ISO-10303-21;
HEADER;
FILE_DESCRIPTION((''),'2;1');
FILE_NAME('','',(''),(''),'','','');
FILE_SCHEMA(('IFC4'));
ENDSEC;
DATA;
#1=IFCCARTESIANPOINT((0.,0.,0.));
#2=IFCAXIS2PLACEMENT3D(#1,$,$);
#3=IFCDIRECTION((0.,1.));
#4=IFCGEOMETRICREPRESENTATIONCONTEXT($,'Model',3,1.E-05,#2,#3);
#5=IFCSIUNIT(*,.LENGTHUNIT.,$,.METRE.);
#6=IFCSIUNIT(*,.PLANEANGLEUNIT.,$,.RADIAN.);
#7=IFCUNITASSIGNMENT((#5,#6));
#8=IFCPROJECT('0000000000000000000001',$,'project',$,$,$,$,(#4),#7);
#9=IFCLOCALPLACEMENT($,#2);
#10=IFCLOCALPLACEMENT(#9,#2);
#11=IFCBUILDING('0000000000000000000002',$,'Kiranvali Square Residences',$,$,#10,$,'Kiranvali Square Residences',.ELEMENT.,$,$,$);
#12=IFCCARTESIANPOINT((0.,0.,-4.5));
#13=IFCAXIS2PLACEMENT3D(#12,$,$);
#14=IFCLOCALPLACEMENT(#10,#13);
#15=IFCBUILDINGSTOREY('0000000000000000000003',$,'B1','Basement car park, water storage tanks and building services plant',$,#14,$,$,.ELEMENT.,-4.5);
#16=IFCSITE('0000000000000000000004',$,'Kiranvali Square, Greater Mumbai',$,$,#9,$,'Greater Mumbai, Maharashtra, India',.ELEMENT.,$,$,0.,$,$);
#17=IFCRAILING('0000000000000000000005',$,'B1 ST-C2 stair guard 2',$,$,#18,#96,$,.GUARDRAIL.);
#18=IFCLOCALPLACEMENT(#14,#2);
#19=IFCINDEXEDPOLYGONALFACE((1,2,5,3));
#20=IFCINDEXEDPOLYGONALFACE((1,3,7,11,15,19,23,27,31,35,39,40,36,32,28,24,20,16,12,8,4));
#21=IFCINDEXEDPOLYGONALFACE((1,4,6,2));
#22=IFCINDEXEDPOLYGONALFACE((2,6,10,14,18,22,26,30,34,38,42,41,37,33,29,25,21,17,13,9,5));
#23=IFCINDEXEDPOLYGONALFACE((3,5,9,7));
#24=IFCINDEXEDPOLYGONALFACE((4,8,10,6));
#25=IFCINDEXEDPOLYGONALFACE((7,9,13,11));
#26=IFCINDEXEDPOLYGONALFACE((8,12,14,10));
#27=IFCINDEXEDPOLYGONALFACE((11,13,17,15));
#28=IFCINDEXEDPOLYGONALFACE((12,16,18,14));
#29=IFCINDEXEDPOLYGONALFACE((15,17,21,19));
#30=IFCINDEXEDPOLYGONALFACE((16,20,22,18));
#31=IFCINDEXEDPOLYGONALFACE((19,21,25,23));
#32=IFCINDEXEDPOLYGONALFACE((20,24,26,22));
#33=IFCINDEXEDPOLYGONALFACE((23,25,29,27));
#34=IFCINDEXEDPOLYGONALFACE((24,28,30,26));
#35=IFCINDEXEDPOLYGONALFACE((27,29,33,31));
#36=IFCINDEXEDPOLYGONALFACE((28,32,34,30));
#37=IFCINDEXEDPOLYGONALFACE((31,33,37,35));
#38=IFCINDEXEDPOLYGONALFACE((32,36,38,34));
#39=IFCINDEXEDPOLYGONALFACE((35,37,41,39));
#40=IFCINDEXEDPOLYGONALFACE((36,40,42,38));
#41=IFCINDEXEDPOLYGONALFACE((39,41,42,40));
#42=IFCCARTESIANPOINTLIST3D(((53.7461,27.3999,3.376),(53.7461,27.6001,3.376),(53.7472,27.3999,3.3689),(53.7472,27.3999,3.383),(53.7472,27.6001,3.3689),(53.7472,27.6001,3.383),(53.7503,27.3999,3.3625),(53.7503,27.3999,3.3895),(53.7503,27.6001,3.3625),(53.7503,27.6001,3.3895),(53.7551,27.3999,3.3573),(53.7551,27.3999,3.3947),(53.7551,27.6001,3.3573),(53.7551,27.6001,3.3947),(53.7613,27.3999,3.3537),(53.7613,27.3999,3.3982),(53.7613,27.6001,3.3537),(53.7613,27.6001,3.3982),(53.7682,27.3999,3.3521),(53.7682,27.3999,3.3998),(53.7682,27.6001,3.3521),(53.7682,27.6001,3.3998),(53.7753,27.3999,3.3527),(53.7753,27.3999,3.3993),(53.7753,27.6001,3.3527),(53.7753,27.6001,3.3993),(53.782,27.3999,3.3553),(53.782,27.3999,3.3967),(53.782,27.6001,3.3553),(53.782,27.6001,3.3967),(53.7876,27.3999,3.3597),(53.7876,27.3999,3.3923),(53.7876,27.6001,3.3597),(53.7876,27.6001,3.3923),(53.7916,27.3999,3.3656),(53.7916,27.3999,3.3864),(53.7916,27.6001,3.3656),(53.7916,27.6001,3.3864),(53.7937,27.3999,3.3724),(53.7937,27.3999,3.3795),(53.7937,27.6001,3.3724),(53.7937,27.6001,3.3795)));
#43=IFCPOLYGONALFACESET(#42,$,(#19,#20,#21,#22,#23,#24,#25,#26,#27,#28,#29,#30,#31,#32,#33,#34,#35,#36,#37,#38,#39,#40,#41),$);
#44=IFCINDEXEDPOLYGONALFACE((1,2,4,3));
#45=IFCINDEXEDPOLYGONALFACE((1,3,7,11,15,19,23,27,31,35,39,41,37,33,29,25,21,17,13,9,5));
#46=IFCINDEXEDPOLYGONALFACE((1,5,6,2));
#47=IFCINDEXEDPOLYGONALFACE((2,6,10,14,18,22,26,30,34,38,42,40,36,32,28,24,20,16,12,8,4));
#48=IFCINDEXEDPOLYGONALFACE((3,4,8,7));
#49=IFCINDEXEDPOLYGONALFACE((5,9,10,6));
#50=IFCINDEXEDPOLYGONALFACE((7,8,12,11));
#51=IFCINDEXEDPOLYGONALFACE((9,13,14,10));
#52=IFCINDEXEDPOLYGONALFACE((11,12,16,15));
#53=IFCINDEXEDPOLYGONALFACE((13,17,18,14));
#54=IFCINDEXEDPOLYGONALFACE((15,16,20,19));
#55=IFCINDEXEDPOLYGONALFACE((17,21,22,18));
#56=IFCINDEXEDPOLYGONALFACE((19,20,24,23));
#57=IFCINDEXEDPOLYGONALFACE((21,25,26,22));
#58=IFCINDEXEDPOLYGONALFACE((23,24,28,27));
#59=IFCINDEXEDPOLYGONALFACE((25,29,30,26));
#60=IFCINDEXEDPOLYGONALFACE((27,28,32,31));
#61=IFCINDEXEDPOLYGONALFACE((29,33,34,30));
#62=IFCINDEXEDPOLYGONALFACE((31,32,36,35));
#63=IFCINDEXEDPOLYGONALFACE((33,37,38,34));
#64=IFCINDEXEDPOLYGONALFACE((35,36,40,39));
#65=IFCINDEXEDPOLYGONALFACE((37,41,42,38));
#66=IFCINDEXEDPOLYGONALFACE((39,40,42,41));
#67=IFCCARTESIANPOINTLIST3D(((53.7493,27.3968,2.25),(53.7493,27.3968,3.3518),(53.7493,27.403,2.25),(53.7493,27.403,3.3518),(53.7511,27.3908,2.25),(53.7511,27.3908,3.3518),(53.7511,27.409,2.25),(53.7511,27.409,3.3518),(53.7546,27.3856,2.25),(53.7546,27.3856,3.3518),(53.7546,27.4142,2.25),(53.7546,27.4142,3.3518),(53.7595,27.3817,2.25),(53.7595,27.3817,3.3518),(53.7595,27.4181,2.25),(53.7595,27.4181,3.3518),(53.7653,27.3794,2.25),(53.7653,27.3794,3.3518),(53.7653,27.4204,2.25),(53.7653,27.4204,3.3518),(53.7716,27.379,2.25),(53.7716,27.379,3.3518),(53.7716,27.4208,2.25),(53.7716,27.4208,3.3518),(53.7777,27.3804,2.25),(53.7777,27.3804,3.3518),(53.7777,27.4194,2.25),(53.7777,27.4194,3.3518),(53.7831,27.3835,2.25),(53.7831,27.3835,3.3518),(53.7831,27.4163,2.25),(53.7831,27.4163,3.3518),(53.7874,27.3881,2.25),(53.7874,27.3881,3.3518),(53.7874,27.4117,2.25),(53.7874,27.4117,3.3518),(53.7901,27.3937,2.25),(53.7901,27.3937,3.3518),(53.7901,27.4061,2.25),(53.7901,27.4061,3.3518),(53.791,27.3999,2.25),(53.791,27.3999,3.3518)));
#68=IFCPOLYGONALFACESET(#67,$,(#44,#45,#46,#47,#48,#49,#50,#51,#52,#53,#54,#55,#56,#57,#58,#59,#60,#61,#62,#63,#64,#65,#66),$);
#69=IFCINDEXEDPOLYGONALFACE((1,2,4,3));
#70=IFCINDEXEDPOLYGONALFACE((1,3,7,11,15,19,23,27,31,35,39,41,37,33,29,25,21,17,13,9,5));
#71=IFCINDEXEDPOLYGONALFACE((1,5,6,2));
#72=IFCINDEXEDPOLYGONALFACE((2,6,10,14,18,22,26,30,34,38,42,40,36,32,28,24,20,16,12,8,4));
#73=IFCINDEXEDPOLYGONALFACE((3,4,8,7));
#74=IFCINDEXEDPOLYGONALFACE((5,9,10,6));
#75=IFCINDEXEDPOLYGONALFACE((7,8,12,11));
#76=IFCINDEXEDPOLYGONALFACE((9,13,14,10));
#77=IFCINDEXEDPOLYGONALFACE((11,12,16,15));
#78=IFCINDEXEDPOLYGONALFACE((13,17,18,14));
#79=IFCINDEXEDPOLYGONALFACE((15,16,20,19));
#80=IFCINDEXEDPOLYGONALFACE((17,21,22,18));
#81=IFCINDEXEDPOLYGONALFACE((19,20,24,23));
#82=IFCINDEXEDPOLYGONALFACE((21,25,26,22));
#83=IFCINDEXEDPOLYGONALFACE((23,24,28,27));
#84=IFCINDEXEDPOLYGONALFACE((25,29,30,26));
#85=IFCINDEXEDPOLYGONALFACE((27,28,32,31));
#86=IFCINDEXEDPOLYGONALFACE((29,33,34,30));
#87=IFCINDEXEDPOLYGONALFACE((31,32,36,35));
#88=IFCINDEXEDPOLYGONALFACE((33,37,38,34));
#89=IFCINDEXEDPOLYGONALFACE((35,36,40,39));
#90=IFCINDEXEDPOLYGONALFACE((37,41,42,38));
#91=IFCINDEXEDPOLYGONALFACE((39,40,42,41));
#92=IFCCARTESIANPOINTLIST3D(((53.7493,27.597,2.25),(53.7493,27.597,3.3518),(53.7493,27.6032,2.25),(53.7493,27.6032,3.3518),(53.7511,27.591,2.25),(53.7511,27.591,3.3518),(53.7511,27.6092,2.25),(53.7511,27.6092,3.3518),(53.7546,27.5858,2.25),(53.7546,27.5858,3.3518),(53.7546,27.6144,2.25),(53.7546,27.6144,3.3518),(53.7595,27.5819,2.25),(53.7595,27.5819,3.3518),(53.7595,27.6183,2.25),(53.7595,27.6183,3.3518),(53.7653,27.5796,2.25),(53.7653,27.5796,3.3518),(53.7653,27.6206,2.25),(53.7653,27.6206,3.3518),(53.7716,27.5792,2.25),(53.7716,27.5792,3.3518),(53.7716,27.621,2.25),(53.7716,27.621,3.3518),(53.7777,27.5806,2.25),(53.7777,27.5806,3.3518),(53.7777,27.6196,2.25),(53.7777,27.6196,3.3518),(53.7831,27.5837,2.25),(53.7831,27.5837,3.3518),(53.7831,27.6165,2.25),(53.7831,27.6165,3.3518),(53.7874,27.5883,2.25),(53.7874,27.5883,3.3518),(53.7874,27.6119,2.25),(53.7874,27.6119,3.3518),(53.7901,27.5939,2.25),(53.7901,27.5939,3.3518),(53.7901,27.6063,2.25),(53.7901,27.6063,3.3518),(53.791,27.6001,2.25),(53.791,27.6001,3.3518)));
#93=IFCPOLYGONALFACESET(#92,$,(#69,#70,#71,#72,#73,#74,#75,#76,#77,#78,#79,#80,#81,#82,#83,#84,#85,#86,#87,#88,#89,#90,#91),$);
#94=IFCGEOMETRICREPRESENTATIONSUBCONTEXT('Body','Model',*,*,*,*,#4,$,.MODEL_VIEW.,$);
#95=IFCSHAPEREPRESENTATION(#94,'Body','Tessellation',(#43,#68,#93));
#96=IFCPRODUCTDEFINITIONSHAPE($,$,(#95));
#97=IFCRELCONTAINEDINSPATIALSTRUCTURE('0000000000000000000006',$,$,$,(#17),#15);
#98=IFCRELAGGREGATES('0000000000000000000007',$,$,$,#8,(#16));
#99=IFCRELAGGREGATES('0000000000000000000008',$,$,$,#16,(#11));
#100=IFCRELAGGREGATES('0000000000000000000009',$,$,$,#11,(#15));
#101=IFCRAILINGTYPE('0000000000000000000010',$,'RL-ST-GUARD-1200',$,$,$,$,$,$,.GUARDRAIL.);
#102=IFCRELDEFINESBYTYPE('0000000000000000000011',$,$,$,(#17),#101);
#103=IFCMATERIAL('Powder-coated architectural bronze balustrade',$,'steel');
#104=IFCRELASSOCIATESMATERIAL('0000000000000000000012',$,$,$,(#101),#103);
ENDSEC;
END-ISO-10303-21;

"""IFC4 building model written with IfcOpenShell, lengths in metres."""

from ifc_helpers import new_model, si_unit, direction, frame, origin, origin_2d, place, context, subcontext, project, spatial, circle, extrude, material, type_object, element, save


model = new_model("IFC4")

# Units and contexts
model_context = context("Model", 3, precision=1e-05, world=origin(), true_north=direction((0.0, 1.0)))
body_context = subcontext(model_context, "Body", "Model", "MODEL_VIEW")
ifc_project = project(units=[si_unit("LENGTHUNIT", "METRE"), si_unit("PLANEANGLEUNIT", "RADIAN")], contexts=[model_context])

# Site, building, storey
site_placement = place(None, origin())
site = spatial("IfcSite", under=ifc_project, at=site_placement, Name="Kiranvali Square, Greater Mumbai", LongName="Greater Mumbai, Maharashtra, India", CompositionType="ELEMENT", RefElevation=0.0)
building_placement = place(site_placement, origin())
building = spatial("IfcBuilding", under=site, at=building_placement, Name="Kiranvali Square Residences", LongName="Kiranvali Square Residences", CompositionType="ELEMENT")
storey_placement = place(building_placement, frame((0.0, 0.0, -4.5)))
storey = spatial("IfcBuildingStorey", under=building, at=storey_placement, Name="B1", Description="Basement car park, water storage tanks and building services plant", CompositionType="ELEMENT", Elevation=-4.5)

# Railing
ifc_material_1 = material(Name="Powder-coated architectural bronze balustrade", Category="steel")
railing_type_1 = type_object("IfcRailingType", Name="RL-ST-GUARD-1200", PredefinedType="GUARDRAIL", material=ifc_material_1)
railing_1_placement = place(storey_placement, frame((53.77, 27.3999, 2.25)))
element("IfcRailing", 1, at=railing_1_placement, inside=storey, type_object=railing_type_1, Name="B1 ST-C2 stair guard 2", PredefinedType="GUARDRAIL", context=body_context, shape_type="SweptSolid", body=[
    extrude(circle(Radius=0.0239, at=origin_2d()), frame((0.0, 0.0, 1.126), z_axis=(0.0, 1.0, 0.0), x_axis=(-1.0, 0.0, 0.0)), (0.0, 0.0, 1.0), 0.2002),
    extrude(circle(Radius=0.021, at=origin_2d()), origin(), (0.0, 0.0, 1.0), 1.1018),
    extrude(circle(Radius=0.021, at=origin_2d()), frame((0.0, 0.2002, 0.0)), (0.0, 0.0, 1.0), 1.1018),
])

save(model, "model.ifc")
